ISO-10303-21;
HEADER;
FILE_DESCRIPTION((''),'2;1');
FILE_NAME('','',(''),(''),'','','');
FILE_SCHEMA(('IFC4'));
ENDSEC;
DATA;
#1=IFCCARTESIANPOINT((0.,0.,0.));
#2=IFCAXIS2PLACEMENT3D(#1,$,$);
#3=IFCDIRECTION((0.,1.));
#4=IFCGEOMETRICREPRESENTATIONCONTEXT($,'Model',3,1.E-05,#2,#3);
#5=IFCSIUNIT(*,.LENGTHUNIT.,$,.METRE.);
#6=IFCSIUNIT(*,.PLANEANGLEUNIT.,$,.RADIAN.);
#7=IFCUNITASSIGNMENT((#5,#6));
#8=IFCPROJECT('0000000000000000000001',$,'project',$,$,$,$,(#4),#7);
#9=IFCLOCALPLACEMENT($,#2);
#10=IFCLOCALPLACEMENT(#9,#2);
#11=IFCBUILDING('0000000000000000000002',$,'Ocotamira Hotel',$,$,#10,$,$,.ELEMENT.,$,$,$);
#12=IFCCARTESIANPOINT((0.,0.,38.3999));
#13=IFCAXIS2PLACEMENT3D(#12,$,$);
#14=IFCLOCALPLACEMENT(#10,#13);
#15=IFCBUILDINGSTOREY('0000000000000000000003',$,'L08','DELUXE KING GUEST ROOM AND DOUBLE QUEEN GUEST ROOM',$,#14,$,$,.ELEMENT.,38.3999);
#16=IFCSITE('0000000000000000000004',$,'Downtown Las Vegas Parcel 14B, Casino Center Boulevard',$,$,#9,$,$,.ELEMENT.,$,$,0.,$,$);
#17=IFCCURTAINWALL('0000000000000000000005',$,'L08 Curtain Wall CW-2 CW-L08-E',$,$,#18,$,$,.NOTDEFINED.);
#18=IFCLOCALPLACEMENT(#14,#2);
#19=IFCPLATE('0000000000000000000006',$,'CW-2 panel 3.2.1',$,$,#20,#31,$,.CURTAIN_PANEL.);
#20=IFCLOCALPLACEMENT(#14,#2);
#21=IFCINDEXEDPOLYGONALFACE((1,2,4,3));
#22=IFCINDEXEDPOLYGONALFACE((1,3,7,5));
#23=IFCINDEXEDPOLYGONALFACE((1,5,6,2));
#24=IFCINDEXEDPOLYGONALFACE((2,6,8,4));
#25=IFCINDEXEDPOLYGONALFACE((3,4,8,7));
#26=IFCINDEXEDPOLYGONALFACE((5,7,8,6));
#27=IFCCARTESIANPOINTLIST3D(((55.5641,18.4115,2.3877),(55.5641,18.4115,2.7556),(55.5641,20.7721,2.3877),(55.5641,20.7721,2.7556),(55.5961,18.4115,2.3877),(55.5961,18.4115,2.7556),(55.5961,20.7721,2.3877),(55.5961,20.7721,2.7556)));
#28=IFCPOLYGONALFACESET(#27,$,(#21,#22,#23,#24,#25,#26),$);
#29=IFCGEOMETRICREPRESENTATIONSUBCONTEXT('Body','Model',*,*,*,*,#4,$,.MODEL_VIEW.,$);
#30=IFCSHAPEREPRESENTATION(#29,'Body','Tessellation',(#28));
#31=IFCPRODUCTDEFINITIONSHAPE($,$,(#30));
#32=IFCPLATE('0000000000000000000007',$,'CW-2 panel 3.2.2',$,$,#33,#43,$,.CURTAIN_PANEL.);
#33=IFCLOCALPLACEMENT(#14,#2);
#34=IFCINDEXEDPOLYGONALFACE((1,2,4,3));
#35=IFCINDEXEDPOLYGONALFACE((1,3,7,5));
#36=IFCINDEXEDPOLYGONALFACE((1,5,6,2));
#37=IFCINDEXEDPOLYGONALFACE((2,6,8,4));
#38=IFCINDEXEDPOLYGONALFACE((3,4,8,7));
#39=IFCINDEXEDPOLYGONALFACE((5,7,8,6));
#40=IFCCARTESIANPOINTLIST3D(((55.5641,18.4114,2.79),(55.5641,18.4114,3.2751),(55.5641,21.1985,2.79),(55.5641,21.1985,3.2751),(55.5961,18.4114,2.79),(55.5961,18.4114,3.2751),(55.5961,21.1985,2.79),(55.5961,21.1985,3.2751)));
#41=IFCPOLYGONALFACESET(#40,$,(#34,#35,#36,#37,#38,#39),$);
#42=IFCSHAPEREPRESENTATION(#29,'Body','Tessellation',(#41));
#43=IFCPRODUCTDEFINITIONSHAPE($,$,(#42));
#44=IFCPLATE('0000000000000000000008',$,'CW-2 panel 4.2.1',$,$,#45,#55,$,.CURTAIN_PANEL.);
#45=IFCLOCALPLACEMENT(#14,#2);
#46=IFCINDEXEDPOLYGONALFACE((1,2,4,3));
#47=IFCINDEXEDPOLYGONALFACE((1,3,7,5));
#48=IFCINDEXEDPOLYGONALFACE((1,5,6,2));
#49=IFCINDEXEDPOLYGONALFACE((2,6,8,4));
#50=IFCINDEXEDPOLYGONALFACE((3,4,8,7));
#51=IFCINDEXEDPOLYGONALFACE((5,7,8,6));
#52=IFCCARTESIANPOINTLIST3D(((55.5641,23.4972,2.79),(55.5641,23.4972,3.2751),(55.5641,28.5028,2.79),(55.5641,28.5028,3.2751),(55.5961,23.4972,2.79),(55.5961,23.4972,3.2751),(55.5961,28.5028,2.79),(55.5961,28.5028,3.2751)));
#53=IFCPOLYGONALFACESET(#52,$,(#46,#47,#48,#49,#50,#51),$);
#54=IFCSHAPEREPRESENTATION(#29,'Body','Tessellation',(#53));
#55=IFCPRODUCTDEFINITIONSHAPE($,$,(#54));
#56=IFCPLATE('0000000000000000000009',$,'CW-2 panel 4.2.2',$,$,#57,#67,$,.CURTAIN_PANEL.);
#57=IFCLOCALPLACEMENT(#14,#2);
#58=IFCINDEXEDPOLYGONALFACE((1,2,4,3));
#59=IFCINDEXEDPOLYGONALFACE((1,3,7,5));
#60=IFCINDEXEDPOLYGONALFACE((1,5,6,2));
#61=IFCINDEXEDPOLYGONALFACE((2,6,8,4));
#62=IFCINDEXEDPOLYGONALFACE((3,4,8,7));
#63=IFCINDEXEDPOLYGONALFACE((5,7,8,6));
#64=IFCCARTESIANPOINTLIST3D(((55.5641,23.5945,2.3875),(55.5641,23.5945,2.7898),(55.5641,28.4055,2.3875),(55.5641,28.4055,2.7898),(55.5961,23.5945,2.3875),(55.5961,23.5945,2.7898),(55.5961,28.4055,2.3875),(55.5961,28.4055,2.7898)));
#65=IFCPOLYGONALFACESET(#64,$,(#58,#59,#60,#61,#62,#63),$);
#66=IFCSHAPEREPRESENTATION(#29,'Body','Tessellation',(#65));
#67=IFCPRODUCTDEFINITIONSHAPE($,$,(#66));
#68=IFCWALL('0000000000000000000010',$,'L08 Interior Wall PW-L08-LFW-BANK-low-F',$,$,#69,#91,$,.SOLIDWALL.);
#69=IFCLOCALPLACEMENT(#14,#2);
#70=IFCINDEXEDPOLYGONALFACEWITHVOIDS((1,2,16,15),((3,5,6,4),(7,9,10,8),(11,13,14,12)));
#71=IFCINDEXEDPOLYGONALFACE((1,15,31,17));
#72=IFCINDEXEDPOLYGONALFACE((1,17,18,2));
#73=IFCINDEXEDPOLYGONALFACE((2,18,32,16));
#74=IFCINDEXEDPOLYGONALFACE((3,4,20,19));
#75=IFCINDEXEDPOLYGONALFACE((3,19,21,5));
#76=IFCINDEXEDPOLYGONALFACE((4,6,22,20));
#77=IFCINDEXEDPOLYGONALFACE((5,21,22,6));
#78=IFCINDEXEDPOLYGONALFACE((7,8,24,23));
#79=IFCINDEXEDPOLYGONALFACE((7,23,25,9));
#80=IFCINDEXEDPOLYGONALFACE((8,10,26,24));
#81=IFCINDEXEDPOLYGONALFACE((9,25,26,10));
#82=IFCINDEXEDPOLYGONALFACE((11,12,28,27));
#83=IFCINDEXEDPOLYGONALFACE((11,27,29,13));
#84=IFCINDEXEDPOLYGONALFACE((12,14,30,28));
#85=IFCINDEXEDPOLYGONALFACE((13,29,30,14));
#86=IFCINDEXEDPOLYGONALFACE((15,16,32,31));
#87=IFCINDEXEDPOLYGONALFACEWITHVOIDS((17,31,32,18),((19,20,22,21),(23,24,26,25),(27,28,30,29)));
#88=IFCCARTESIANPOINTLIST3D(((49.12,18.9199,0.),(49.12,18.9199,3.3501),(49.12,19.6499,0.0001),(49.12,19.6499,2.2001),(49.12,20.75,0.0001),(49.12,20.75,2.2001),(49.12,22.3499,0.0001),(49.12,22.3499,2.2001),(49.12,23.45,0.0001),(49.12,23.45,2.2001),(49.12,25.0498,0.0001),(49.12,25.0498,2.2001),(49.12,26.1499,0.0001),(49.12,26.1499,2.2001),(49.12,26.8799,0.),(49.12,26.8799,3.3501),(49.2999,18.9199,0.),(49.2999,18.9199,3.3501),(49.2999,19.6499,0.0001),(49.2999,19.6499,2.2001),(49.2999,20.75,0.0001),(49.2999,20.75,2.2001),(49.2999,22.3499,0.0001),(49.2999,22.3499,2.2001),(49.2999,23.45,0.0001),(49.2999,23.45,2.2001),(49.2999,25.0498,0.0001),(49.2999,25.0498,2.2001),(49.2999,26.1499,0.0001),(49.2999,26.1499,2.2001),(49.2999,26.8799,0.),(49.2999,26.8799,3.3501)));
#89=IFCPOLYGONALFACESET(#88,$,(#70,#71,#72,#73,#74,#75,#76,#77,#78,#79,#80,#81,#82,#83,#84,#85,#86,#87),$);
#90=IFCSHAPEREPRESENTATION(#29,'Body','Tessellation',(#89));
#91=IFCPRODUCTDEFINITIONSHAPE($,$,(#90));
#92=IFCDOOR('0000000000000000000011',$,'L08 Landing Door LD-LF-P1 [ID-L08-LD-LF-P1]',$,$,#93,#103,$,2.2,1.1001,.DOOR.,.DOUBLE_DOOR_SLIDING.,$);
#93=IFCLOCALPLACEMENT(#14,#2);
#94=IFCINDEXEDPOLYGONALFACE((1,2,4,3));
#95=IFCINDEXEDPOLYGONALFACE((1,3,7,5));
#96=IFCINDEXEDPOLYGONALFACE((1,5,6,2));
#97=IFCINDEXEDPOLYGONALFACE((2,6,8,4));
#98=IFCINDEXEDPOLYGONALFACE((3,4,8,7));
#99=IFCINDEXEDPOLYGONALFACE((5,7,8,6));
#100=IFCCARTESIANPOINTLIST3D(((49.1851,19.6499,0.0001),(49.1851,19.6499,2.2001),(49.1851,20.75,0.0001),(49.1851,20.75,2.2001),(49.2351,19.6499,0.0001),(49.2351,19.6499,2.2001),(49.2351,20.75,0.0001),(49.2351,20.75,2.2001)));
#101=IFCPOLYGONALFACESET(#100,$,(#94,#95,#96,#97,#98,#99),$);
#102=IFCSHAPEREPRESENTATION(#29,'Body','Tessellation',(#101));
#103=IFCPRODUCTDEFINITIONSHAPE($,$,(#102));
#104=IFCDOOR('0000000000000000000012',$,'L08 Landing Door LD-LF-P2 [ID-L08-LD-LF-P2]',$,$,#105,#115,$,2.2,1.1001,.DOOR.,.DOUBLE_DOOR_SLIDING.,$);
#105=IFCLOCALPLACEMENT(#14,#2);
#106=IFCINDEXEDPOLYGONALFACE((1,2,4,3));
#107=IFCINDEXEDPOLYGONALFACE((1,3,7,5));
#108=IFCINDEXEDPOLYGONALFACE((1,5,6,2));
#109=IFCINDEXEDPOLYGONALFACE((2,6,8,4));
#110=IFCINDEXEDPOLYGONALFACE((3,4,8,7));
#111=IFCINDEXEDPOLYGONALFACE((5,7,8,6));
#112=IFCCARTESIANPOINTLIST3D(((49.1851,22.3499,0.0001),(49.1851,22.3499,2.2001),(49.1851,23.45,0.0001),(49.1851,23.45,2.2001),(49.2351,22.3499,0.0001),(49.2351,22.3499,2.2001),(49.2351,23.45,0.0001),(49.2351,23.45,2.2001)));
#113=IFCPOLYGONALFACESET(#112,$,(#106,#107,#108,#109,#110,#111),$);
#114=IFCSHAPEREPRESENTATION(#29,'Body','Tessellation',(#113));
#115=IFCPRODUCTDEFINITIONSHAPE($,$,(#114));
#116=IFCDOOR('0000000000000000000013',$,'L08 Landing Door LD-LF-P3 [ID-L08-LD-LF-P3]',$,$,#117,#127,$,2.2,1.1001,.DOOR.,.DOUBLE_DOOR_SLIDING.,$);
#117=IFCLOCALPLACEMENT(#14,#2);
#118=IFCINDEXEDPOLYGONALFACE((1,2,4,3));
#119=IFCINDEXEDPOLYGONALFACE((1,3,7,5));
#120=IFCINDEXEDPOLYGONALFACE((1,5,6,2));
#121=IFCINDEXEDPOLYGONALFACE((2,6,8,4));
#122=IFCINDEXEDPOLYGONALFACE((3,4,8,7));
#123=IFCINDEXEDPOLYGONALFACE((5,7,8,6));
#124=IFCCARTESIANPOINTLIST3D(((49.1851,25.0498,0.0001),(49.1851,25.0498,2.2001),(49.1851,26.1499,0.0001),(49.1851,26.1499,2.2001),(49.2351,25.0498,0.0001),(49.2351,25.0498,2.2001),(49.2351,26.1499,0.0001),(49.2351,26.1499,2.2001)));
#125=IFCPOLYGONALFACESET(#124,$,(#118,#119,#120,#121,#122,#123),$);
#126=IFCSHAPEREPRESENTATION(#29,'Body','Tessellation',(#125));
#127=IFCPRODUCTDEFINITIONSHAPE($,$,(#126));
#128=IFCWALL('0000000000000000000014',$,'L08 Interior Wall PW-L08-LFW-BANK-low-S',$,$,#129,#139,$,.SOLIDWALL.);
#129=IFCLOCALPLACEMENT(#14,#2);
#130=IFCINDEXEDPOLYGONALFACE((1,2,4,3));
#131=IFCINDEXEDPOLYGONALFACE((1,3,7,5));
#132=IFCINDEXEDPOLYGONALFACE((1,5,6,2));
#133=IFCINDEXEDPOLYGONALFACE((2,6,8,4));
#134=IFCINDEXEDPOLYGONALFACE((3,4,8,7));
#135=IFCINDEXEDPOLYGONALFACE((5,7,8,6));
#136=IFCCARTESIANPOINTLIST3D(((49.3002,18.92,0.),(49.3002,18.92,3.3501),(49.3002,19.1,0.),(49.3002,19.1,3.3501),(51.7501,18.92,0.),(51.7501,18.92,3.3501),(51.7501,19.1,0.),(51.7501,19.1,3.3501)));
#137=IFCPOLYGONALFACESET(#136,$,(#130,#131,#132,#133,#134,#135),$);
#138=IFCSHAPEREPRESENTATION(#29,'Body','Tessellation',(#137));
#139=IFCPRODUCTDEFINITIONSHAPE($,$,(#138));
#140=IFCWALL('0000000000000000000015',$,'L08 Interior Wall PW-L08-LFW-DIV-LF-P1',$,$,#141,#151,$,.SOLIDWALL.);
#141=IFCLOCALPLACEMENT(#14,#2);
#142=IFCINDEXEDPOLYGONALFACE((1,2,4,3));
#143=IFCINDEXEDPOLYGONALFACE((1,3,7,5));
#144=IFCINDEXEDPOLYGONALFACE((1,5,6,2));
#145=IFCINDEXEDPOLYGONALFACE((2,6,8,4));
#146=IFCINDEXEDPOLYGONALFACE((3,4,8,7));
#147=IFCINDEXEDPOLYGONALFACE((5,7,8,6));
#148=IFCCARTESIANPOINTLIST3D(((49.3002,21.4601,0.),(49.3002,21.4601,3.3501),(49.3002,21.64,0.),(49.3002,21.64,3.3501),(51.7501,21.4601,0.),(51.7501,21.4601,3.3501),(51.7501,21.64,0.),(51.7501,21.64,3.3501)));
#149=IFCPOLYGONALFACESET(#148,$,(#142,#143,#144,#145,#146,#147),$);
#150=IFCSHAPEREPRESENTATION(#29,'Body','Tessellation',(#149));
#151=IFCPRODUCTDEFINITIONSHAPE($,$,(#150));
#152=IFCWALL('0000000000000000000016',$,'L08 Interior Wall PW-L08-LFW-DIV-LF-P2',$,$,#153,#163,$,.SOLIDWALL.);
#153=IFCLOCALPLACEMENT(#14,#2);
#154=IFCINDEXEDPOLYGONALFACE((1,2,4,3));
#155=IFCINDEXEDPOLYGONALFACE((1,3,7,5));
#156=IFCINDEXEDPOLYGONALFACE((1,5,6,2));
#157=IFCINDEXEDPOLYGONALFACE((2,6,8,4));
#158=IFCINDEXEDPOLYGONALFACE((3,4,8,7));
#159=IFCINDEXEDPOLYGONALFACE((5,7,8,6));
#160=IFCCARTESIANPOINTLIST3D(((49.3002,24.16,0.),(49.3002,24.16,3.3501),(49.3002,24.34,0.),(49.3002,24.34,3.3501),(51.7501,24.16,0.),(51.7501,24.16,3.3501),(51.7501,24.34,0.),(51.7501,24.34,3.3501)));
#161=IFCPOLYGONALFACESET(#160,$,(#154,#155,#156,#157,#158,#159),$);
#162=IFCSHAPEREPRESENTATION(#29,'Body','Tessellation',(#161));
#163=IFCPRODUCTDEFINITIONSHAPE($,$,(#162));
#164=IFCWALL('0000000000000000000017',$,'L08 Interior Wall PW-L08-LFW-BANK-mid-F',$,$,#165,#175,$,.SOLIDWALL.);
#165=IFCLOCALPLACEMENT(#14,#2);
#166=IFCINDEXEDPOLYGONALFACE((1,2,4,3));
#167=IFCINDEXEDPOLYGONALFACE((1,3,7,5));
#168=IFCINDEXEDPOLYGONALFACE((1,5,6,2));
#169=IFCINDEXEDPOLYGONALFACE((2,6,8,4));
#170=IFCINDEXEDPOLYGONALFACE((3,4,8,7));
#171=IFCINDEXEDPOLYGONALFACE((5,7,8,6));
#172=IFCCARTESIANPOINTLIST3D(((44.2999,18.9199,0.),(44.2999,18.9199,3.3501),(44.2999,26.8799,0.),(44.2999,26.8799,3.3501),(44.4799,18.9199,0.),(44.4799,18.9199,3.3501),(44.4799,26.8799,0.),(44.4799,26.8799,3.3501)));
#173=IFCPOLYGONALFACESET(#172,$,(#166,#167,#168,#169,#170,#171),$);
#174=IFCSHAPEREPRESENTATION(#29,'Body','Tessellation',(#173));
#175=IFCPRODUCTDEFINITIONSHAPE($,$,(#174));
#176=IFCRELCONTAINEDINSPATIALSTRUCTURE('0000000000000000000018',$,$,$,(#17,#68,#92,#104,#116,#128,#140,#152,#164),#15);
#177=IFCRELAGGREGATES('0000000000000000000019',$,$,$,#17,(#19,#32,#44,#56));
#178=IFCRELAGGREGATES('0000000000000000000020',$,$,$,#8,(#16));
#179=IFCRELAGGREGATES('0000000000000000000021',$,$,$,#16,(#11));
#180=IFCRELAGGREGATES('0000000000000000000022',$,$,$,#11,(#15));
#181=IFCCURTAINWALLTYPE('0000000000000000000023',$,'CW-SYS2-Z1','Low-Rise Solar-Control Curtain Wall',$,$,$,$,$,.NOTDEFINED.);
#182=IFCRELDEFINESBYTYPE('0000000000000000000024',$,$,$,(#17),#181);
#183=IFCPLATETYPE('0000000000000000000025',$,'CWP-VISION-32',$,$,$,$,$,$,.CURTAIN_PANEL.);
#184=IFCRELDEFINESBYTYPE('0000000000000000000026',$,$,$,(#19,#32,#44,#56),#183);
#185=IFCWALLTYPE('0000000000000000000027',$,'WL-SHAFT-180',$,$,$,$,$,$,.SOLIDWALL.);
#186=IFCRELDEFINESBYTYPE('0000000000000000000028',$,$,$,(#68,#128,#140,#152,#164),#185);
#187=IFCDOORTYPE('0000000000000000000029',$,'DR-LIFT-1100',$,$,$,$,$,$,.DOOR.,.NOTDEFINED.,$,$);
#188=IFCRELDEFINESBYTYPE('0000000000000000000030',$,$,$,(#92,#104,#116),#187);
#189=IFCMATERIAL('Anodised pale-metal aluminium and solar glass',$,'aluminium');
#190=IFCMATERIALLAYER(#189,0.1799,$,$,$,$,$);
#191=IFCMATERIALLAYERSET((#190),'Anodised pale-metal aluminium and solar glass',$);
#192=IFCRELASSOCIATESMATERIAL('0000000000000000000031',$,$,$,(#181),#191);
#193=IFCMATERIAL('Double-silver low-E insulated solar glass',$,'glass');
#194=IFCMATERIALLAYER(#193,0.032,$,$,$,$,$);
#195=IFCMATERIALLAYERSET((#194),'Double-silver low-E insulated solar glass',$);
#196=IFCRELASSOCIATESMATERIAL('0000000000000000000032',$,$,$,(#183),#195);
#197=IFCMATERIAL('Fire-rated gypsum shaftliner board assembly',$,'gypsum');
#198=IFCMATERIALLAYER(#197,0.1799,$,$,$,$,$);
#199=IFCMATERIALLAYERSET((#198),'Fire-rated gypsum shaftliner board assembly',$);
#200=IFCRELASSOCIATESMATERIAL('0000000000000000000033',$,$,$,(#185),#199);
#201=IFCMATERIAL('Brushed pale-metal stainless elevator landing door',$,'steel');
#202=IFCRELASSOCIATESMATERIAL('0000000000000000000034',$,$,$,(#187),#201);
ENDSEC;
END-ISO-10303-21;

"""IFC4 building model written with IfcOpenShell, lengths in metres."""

from ifc_helpers import new_model, si_unit, direction, frame, frame_2d, origin, origin_2d, place, context, subcontext, project, spatial, rectangle, extrude, source, transform, mapped, material, layer, layer_set, type_object, element, fill, aggregate, save


model = new_model("IFC4")

# Units and contexts
model_context = context("Model", 3, precision=1e-05, world=origin(), true_north=direction((0.0, 1.0)))
body_context = subcontext(model_context, "Body", "Model", "MODEL_VIEW")
ifc_project = project(units=[si_unit("LENGTHUNIT", "METRE"), si_unit("PLANEANGLEUNIT", "RADIAN")], contexts=[model_context])

# Site, building, storey
site_placement = place(None, origin())
site = spatial("IfcSite", under=ifc_project, at=site_placement, Name="Downtown Las Vegas Parcel 14B, Casino Center Boulevard", CompositionType="ELEMENT", RefElevation=0.0)
building_placement = place(site_placement, origin())
building = spatial("IfcBuilding", under=site, at=building_placement, Name="Ocotamira Hotel", CompositionType="ELEMENT")
storey_placement = place(building_placement, frame((0.0, 0.0, 38.3999)))
storey = spatial("IfcBuildingStorey", under=building, at=storey_placement, Name="L08", Description="DELUXE KING GUEST ROOM AND DOUBLE QUEEN GUEST ROOM", CompositionType="ELEMENT", Elevation=38.3999)

# Curtain wall
ifc_material_1 = material(Name="Anodised pale-metal aluminium and solar glass", Category="aluminium")
ifc_layer_1 = layer(ifc_material_1, 0.1799)
ifc_layer_set_1 = layer_set([ifc_layer_1], Name="Anodised pale-metal aluminium and solar glass")
curtain_wall_type = type_object("IfcCurtainWallType", Name="CW-SYS2-Z1", Description="Low-Rise Solar-Control Curtain Wall", PredefinedType="NOTDEFINED", material=ifc_layer_set_1)
curtain_wall_placement = place(storey_placement, origin())
curtain_wall = element("IfcCurtainWall", 1, at=curtain_wall_placement, inside=storey, type_object=curtain_wall_type, Name="L08 Curtain Wall CW-2 CW-L08-E", PredefinedType="NOTDEFINED")

# Plates
ifc_material_2 = material(Name="Double-silver low-E insulated solar glass", Category="glass")
ifc_layer_2 = layer(ifc_material_2, 0.032)
ifc_layer_set_2 = layer_set([ifc_layer_2], Name="Double-silver low-E insulated solar glass")
plate_type_1 = type_object("IfcPlateType", Name="CWP-VISION-32", PredefinedType="CURTAIN_PANEL", material=ifc_layer_set_2)
shared_shape_1 = source(origin(), body_context, "Body", "SweptSolid", [
    extrude(rectangle(XDim=2.3606, YDim=0.032, at=origin_2d()), origin(), (0.0, 0.0, 1.0), 0.3679),
])
plate_1_placement = place(storey_placement, frame((55.5801, 19.5918, 2.3877), z_axis=(0.0, 0.0, 1.0), x_axis=(0.0, 1.0, 0.0)))
plate_1 = element("IfcPlate", 2, at=plate_1_placement, type_object=plate_type_1, Name="CW-2 panel 3.2.1", PredefinedType="CURTAIN_PANEL", context=body_context, shape_type="MappedRepresentation", body=[
    mapped(shared_shape_1, transform((0.0, 0.0, 0.0), scale=1.0)),
])
shared_shape_2 = source(origin(), body_context, "Body", "SweptSolid", [
    extrude(rectangle(XDim=2.7871, YDim=0.032, at=origin_2d()), origin(), (0.0, 0.0, 1.0), 0.4851),
])
plate_2_placement = place(storey_placement, frame((55.5801, 19.8049, 2.79), z_axis=(0.0, 0.0, 1.0), x_axis=(0.0, 1.0, 0.0)))
plate_2 = element("IfcPlate", 3, at=plate_2_placement, type_object=plate_type_1, Name="CW-2 panel 3.2.2", PredefinedType="CURTAIN_PANEL", context=body_context, shape_type="MappedRepresentation", body=[
    mapped(shared_shape_2, transform((0.0, 0.0, 0.0), scale=1.0)),
])
shared_shape_3 = source(origin(), body_context, "Body", "SweptSolid", [
    extrude(rectangle(XDim=5.0056, YDim=0.032, at=origin_2d()), origin(), (0.0, 0.0, 1.0), 0.4851),
])
plate_3_placement = place(storey_placement, frame((55.5801, 26.0, 2.79), z_axis=(0.0, 0.0, 1.0), x_axis=(0.0, 1.0, 0.0)))
plate_3 = element("IfcPlate", 4, at=plate_3_placement, type_object=plate_type_1, Name="CW-2 panel 4.2.1", PredefinedType="CURTAIN_PANEL", context=body_context, shape_type="MappedRepresentation", body=[
    mapped(shared_shape_3, transform((0.0, 0.0, 0.0), scale=1.0)),
])
shared_shape_4 = source(origin(), body_context, "Body", "SweptSolid", [
    extrude(rectangle(XDim=4.811, YDim=0.032, at=origin_2d()), origin(), (0.0, 0.0, 1.0), 0.4023),
])
plate_4_placement = place(storey_placement, frame((55.5801, 26.0, 2.3875), z_axis=(0.0, 0.0, 1.0), x_axis=(0.0, 1.0, 0.0)))
plate_4 = element("IfcPlate", 5, at=plate_4_placement, type_object=plate_type_1, Name="CW-2 panel 4.2.2", PredefinedType="CURTAIN_PANEL", context=body_context, shape_type="MappedRepresentation", body=[
    mapped(shared_shape_4, transform((0.0, 0.0, 0.0), scale=1.0)),
])
aggregate(curtain_wall, [plate_1, plate_2, plate_3, plate_4])

# Wall, openings, doors
ifc_material_3 = material(Name="Fire-rated gypsum shaftliner board assembly", Category="gypsum")
ifc_layer_3 = layer(ifc_material_3, 0.1799)
ifc_layer_set_3 = layer_set([ifc_layer_3], Name="Fire-rated gypsum shaftliner board assembly")
wall_type = type_object("IfcWallType", Name="WL-SHAFT-180", PredefinedType="SOLIDWALL", material=ifc_layer_set_3)
wall_1_placement = place(storey_placement, frame((49.21, 18.9199, 0.0), z_axis=(0.0, 0.0, 1.0), x_axis=(0.0, 1.0, 0.0)))
wall_1 = element("IfcWall", 6, at=wall_1_placement, inside=storey, type_object=wall_type, Name="L08 Interior Wall PW-L08-LFW-BANK-low-F", PredefinedType="SOLIDWALL", context=body_context, shape_type="SweptSolid", body=[
    extrude(rectangle(XDim=7.96, YDim=0.1799, at=frame_2d((3.98, 0.0))), origin(), (0.0, 0.0, 1.0), 3.3501),
])
opening_1_placement = place(wall_1_placement, frame((0.73, 0.0, 0.0)))
opening_1 = element("IfcOpeningElement", 7, at=opening_1_placement, cuts=wall_1, PredefinedType="OPENING", context=body_context, shape_type="SweptSolid", body=[
    extrude(rectangle(XDim=1.1001, YDim=2.2, at=frame_2d((0.55, 1.1001))), frame((0.0, 0.1001, 0.0), z_axis=(0.0, -1.0, 0.0), x_axis=(1.0, 0.0, 0.0)), (0.0, 0.0, 1.0), 0.2),
])
opening_2_placement = place(wall_1_placement, frame((3.4299, 0.0, 0.0)))
opening_2 = element("IfcOpeningElement", 8, at=opening_2_placement, cuts=wall_1, PredefinedType="OPENING", context=body_context, shape_type="SweptSolid", body=[
    extrude(rectangle(XDim=1.1001, YDim=2.2, at=frame_2d((0.55, 1.1001))), frame((0.0, 0.1001, 0.0), z_axis=(0.0, -1.0, 0.0), x_axis=(1.0, 0.0, 0.0)), (0.0, 0.0, 1.0), 0.2),
])
opening_3_placement = place(wall_1_placement, frame((6.1299, 0.0, 0.0)))
opening_3 = element("IfcOpeningElement", 9, at=opening_3_placement, cuts=wall_1, PredefinedType="OPENING", context=body_context, shape_type="SweptSolid", body=[
    extrude(rectangle(XDim=1.1001, YDim=2.2, at=frame_2d((0.55, 1.1001))), frame((0.0, 0.1001, 0.0), z_axis=(0.0, -1.0, 0.0), x_axis=(1.0, 0.0, 0.0)), (0.0, 0.0, 1.0), 0.2),
])
ifc_material_4 = material(Name="Brushed pale-metal stainless elevator landing door", Category="steel")
door_type = type_object("IfcDoorType", Name="DR-LIFT-1100", OperationType="NOTDEFINED", PredefinedType="DOOR", material=ifc_material_4)
shared_shape_5 = source(origin(), body_context, "Body", "SweptSolid", [
    extrude(rectangle(XDim=1.1001, YDim=2.2, at=frame_2d((0.55, 1.1001))), frame((0.0, 0.0249, 0.0), z_axis=(0.0, -1.0, 0.0), x_axis=(1.0, 0.0, 0.0)), (0.0, 0.0, 1.0), 0.05),
])
door_1_placement = place(opening_1_placement, origin())
door_1 = element("IfcDoor", 10, at=door_1_placement, inside=storey, type_object=door_type, Name="L08 Landing Door LD-LF-P1 [ID-L08-LD-LF-P1]", OperationType="DOUBLE_DOOR_SLIDING", OverallHeight=2.2, OverallWidth=1.1001, PredefinedType="DOOR", context=body_context, shape_type="MappedRepresentation", body=[
    mapped(shared_shape_5, transform((0.0, 0.0, 0.0), scale=1.0)),
])
fill(opening_1, door_1)
door_2_placement = place(opening_2_placement, origin())
door_2 = element("IfcDoor", 11, at=door_2_placement, inside=storey, type_object=door_type, Name="L08 Landing Door LD-LF-P2 [ID-L08-LD-LF-P2]", OperationType="DOUBLE_DOOR_SLIDING", OverallHeight=2.2, OverallWidth=1.1001, PredefinedType="DOOR", context=body_context, shape_type="MappedRepresentation", body=[
    mapped(shared_shape_5, transform((0.0, 0.0, 0.0), scale=1.0)),
])
fill(opening_2, door_2)
door_3_placement = place(opening_3_placement, origin())
door_3 = element("IfcDoor", 12, at=door_3_placement, inside=storey, type_object=door_type, Name="L08 Landing Door LD-LF-P3 [ID-L08-LD-LF-P3]", OperationType="DOUBLE_DOOR_SLIDING", OverallHeight=2.2, OverallWidth=1.1001, PredefinedType="DOOR", context=body_context, shape_type="MappedRepresentation", body=[
    mapped(shared_shape_5, transform((0.0, 0.0, 0.0), scale=1.0)),
])
fill(opening_3, door_3)

# Walls
for number, where, z_axis, x_axis, name in (
    (13, (49.3, 19.01, 0.0), (0.0, 0.0, 1.0), (1.0, 0.0, 0.0), "L08 Interior Wall PW-L08-LFW-BANK-low-S"),
    (14, (49.3, 21.55, 0.0), (0.0, 0.0, 1.0), (1.0, 0.0, 0.0), "L08 Interior Wall PW-L08-LFW-DIV-LF-P1"),
    (15, (49.3, 24.25, 0.0), (0.0, 0.0, 1.0), (1.0, 0.0, 0.0), "L08 Interior Wall PW-L08-LFW-DIV-LF-P2"),
):
    element("IfcWall", number, at=place(storey_placement, frame(where, z_axis=z_axis, x_axis=x_axis)), inside=storey, type_object=wall_type, Name=name, PredefinedType="SOLIDWALL", context=body_context, shape_type="SweptSolid", body=[
        extrude(rectangle(XDim=2.45, YDim=0.1799, at=frame_2d((1.2251, 0.0))), origin(), (0.0, 0.0, 1.0), 3.3501),
    ])
wall_2_placement = place(storey_placement, frame((44.3899, 18.9199, 0.0), z_axis=(0.0, 0.0, 1.0), x_axis=(0.0, 1.0, 0.0)))
element("IfcWall", 16, at=wall_2_placement, inside=storey, type_object=wall_type, Name="L08 Interior Wall PW-L08-LFW-BANK-mid-F", PredefinedType="SOLIDWALL", context=body_context, shape_type="SweptSolid", body=[
    extrude(rectangle(XDim=7.96, YDim=0.1799, at=frame_2d((3.98, 0.0))), origin(), (0.0, 0.0, 1.0), 3.3501),
])

save(model, "model.ifc")
